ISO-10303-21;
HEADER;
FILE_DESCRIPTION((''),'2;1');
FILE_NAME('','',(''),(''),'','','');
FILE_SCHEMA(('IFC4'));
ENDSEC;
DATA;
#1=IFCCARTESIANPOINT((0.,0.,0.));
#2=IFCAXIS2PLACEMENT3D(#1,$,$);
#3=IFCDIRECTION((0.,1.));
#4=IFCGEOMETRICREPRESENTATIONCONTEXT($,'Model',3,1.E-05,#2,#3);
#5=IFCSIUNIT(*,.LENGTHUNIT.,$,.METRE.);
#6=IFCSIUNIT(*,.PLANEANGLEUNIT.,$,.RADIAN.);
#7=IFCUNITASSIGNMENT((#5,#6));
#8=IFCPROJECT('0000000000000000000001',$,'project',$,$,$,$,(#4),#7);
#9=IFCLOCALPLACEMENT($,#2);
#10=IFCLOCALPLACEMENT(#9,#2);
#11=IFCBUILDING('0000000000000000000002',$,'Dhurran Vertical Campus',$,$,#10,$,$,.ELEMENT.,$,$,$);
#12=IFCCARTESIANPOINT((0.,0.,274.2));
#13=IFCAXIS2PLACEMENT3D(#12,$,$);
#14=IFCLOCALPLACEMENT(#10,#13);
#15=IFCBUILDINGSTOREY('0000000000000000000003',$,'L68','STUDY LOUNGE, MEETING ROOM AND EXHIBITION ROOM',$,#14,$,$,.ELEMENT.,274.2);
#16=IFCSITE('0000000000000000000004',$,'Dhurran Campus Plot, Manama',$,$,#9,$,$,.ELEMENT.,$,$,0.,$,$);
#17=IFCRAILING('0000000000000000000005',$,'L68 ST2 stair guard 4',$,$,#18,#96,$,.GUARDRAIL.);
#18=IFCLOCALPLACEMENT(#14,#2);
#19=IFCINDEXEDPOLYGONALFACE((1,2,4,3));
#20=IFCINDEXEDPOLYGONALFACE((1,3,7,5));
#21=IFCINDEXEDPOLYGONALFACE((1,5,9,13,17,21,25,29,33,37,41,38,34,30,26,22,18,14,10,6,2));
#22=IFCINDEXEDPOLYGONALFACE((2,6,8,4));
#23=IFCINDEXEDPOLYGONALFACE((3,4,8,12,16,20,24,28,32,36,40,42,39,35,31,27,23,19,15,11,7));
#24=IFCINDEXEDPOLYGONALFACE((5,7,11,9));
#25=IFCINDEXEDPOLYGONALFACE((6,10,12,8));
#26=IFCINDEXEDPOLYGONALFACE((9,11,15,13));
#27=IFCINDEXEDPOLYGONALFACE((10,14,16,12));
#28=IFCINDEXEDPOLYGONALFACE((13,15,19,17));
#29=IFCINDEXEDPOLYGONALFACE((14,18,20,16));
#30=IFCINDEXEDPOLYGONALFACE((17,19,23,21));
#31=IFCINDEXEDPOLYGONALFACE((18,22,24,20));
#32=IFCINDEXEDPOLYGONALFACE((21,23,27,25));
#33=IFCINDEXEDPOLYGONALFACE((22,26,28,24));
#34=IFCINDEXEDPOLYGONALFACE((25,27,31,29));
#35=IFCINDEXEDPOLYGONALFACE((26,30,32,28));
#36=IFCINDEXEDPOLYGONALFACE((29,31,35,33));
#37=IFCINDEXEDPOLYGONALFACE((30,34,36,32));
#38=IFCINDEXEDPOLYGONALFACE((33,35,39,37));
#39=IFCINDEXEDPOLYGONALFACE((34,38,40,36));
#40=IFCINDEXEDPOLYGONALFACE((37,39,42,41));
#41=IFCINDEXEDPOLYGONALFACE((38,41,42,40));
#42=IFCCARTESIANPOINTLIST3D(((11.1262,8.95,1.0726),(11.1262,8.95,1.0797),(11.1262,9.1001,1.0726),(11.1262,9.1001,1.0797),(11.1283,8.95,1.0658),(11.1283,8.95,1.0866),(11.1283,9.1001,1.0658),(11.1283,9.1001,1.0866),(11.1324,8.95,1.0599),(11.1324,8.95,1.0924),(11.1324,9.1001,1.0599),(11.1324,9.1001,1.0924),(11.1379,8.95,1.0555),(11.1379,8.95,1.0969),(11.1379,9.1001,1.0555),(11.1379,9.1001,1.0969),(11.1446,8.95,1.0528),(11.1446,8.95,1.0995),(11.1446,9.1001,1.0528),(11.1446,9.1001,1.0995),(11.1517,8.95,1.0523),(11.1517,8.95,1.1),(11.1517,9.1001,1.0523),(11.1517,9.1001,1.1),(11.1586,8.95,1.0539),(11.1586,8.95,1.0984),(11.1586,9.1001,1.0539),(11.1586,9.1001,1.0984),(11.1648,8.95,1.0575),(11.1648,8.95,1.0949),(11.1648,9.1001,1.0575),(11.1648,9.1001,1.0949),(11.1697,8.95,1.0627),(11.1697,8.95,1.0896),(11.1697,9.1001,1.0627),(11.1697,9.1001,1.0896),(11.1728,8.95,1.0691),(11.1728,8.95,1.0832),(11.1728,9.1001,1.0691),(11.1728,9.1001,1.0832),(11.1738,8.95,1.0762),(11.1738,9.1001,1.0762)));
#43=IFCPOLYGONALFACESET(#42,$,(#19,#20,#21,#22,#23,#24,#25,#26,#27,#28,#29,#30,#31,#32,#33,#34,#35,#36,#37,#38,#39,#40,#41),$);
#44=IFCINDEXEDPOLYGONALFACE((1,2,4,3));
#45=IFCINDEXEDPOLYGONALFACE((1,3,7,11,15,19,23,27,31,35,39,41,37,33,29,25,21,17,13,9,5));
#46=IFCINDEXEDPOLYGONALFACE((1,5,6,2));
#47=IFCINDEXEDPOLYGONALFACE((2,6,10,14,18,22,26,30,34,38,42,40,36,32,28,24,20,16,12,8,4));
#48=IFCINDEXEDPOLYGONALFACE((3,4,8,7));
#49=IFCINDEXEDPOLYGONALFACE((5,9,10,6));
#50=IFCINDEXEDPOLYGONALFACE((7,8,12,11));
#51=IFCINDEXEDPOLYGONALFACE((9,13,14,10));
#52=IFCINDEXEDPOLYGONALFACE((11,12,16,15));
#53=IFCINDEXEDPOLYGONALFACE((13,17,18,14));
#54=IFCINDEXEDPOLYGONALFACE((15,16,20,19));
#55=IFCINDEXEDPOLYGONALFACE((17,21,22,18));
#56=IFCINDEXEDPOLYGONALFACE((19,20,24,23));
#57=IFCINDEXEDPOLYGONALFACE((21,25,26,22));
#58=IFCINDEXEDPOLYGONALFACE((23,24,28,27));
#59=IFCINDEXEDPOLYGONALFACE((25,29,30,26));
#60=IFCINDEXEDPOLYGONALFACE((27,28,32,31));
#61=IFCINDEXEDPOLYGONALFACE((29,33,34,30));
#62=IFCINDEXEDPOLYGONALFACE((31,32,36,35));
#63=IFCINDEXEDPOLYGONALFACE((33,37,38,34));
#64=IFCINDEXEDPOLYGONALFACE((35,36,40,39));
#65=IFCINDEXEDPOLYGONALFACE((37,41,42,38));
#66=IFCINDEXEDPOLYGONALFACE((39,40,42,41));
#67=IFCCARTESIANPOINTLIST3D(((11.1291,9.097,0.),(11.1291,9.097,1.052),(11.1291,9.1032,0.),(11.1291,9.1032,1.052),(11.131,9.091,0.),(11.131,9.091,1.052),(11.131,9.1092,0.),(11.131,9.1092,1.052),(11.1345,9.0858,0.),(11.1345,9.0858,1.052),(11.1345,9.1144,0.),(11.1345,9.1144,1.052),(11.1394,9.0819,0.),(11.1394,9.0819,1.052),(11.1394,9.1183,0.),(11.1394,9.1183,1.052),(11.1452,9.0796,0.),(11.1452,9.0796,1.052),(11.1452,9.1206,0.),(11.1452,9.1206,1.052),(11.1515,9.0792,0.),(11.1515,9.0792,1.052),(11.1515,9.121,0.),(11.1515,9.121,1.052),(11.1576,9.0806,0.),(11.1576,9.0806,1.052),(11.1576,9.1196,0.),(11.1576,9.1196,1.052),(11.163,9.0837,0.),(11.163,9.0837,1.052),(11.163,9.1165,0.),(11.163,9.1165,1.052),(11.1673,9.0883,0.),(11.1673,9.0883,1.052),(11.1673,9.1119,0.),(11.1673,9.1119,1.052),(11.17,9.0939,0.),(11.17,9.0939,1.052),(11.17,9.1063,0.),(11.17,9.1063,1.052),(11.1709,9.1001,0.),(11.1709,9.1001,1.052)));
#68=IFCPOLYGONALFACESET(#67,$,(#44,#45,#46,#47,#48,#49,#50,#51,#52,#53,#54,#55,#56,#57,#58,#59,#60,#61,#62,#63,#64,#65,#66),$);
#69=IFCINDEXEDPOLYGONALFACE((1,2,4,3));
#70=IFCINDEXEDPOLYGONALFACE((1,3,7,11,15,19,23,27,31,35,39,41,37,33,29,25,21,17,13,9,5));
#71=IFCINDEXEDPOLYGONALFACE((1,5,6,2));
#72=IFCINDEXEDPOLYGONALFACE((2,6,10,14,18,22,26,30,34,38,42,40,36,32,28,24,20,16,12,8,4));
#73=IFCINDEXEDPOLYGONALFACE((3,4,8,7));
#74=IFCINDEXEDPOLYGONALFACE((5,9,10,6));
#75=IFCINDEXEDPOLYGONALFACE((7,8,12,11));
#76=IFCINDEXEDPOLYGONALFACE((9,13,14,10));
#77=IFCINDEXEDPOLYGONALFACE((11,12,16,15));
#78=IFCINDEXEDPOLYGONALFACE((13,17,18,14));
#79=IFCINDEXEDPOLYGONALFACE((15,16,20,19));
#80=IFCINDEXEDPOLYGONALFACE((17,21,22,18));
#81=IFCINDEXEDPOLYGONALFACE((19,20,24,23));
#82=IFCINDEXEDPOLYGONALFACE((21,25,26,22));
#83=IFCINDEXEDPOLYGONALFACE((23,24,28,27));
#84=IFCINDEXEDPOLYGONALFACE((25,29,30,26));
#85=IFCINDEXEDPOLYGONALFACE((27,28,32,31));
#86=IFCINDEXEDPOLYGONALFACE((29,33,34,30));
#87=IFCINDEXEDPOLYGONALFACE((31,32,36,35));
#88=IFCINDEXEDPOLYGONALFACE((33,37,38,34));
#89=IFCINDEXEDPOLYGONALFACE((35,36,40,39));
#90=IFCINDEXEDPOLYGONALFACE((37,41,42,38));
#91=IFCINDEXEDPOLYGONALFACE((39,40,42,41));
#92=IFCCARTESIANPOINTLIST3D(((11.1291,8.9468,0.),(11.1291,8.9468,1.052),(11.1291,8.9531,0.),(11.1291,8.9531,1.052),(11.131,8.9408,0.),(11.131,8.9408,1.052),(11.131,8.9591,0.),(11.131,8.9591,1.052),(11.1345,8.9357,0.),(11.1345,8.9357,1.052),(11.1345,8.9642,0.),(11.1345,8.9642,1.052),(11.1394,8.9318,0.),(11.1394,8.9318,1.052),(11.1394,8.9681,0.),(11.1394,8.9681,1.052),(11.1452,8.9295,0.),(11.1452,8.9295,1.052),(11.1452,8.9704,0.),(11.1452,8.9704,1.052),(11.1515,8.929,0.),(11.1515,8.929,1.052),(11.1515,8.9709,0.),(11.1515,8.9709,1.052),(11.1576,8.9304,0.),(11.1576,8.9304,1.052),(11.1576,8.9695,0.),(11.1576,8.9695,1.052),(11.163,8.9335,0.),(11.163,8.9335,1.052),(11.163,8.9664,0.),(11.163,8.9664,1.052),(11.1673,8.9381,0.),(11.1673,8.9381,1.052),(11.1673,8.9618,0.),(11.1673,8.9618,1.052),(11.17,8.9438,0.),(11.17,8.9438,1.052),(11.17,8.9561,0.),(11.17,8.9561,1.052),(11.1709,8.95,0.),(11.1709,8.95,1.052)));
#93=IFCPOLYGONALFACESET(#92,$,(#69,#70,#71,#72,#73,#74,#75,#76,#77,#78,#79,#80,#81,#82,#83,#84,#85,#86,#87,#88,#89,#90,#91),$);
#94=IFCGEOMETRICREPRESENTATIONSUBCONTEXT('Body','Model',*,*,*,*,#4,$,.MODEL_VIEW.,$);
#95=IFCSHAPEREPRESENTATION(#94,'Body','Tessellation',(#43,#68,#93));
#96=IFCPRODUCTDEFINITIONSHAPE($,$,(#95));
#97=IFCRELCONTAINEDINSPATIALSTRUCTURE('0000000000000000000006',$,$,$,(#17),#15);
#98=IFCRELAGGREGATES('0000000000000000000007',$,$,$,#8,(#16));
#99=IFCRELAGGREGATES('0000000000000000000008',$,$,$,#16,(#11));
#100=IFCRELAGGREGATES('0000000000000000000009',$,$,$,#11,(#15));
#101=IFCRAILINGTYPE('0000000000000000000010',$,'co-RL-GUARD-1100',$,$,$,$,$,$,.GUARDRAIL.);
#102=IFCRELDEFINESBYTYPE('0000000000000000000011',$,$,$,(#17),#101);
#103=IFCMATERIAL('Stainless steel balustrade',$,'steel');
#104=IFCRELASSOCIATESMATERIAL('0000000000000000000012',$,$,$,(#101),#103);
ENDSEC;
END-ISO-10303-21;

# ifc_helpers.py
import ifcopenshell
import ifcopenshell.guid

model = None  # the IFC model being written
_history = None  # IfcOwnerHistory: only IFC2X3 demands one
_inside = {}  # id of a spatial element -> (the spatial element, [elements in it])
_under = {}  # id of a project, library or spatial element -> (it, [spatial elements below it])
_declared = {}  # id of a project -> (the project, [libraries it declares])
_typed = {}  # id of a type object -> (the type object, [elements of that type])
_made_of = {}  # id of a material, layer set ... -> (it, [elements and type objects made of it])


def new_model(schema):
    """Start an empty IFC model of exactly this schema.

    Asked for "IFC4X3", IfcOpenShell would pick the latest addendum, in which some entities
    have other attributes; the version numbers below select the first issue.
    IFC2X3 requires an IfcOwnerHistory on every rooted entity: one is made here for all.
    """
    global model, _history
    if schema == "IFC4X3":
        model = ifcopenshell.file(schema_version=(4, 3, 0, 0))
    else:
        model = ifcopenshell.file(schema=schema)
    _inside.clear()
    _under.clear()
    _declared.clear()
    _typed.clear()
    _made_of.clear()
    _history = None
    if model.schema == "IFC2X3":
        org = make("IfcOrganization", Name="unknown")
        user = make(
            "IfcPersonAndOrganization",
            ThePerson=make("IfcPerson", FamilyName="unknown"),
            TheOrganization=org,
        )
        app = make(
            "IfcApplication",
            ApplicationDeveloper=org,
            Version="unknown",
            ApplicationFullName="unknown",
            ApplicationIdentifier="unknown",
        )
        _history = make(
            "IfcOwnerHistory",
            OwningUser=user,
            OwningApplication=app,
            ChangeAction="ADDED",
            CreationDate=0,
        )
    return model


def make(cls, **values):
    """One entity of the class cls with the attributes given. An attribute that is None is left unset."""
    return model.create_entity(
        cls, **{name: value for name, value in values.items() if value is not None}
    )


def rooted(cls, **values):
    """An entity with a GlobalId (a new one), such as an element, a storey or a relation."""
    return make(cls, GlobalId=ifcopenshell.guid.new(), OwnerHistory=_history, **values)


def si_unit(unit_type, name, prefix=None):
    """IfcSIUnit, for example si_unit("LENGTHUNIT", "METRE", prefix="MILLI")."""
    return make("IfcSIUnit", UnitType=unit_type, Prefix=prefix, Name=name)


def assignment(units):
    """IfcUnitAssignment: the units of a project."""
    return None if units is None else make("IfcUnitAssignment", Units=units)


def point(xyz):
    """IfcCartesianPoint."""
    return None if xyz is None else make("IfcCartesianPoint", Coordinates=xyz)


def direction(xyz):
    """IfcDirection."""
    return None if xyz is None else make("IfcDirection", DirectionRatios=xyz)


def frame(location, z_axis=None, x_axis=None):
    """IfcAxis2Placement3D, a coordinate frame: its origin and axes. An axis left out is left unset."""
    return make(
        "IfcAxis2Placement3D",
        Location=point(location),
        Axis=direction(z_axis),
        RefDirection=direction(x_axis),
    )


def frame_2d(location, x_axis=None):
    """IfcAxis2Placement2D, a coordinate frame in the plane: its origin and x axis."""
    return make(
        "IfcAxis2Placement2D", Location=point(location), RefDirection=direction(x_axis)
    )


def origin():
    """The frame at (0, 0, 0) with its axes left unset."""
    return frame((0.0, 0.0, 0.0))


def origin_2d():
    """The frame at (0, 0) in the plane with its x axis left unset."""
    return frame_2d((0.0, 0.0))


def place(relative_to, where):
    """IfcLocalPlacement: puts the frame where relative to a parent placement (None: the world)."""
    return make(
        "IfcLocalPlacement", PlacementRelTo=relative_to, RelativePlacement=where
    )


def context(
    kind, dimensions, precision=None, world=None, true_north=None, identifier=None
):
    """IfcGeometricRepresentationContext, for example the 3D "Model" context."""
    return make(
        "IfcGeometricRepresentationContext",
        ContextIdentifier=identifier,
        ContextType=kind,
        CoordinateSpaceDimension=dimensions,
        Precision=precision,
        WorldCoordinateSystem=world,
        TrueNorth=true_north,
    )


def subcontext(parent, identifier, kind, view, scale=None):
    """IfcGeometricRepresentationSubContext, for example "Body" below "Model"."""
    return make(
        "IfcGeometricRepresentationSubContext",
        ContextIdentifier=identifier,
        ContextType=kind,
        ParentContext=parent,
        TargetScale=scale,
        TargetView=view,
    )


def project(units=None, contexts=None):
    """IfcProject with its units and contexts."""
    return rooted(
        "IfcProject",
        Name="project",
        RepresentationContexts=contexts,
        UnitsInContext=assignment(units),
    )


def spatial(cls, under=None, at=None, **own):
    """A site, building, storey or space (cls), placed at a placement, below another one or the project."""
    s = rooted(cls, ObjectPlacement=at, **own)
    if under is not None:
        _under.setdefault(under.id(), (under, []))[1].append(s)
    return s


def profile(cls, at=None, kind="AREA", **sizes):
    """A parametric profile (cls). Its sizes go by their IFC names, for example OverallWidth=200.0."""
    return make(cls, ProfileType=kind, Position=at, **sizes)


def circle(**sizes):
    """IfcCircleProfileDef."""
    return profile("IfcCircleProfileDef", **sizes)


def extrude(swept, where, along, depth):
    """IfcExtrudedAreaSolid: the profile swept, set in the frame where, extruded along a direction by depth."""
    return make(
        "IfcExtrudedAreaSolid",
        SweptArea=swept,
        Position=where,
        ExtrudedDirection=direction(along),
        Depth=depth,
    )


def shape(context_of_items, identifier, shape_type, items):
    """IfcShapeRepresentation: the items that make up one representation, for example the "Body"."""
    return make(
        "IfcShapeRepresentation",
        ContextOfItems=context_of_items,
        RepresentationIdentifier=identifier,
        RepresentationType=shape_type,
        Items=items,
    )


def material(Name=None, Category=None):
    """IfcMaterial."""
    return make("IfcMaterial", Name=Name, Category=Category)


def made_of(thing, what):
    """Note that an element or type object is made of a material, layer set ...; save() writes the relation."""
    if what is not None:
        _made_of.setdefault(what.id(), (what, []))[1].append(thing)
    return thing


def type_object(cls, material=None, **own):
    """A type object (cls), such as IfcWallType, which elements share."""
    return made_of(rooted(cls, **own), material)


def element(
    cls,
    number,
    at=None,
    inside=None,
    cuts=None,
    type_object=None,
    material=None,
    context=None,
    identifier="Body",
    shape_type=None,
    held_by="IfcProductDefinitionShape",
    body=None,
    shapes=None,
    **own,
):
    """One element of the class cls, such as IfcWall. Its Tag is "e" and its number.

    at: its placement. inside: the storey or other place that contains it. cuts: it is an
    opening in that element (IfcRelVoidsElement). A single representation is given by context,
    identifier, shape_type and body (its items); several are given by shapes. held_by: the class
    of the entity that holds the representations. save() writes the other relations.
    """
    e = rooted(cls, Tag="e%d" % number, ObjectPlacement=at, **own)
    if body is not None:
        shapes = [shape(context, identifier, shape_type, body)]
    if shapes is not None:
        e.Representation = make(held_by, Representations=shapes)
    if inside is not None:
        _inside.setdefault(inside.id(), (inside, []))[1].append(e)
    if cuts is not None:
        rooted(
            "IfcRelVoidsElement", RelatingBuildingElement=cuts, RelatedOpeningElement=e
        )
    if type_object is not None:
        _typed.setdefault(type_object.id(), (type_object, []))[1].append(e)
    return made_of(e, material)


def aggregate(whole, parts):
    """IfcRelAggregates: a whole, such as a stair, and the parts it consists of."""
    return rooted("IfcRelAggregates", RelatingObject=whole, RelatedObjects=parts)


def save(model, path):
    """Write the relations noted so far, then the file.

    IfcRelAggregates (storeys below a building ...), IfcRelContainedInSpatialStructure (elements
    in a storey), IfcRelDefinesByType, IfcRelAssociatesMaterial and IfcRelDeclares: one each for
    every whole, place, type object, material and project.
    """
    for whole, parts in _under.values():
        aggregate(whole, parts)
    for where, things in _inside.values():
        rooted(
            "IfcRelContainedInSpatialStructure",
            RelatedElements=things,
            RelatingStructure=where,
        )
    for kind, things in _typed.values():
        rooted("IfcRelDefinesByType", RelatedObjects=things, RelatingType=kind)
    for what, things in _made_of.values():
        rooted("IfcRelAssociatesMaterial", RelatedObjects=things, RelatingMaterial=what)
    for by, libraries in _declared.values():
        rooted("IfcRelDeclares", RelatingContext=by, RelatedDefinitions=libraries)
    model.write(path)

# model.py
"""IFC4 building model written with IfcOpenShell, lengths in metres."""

from ifc_helpers import new_model, si_unit, direction, frame, origin, origin_2d, place, context, subcontext, project, spatial, circle, extrude, material, type_object, element, save


model = new_model("IFC4")

# Units and contexts
model_context = context("Model", 3, precision=1e-05, world=origin(), true_north=direction((0.0, 1.0)))
body_context = subcontext(model_context, "Body", "Model", "MODEL_VIEW")
ifc_project = project(units=[si_unit("LENGTHUNIT", "METRE"), si_unit("PLANEANGLEUNIT", "RADIAN")], contexts=[model_context])

# Site, building, storey
site_placement = place(None, origin())
site = spatial("IfcSite", under=ifc_project, at=site_placement, Name="Dhurran Campus Plot, Manama", CompositionType="ELEMENT", RefElevation=0.0)
building_placement = place(site_placement, origin())
building = spatial("IfcBuilding", under=site, at=building_placement, Name="Dhurran Vertical Campus", CompositionType="ELEMENT")
storey_placement = place(building_placement, frame((0.0, 0.0, 274.2)))
storey = spatial("IfcBuildingStorey", under=building, at=storey_placement, Name="L68", Description="STUDY LOUNGE, MEETING ROOM AND EXHIBITION ROOM", CompositionType="ELEMENT", Elevation=274.2)

# Railing
ifc_material_1 = material(Name="Stainless steel balustrade", Category="steel")
railing_type = type_object("IfcRailingType", Name="co-RL-GUARD-1100", PredefinedType="GUARDRAIL", material=ifc_material_1)
railing_1_placement = place(storey_placement, frame((11.1499, 9.1001, 0.0)))
element("IfcRailing", 1, at=railing_1_placement, inside=storey, type_object=railing_type, Name="L68 ST2 stair guard 4", PredefinedType="GUARDRAIL", context=body_context, shape_type="SweptSolid", body=[
    extrude(circle(Radius=0.0239, at=origin_2d()), frame((0.0, 0.0, 1.0762), z_axis=(0.0, -1.0, 0.0), x_axis=(1.0, 0.0, 0.0)), (0.0, 0.0, 1.0), 0.1501),
    extrude(circle(Radius=0.021, at=origin_2d()), origin(), (0.0, 0.0, 1.0), 1.052),
    extrude(circle(Radius=0.021, at=origin_2d()), frame((0.0, -0.1501, 0.0)), (0.0, 0.0, 1.0), 1.052),
])

save(model, "model.ifc")
